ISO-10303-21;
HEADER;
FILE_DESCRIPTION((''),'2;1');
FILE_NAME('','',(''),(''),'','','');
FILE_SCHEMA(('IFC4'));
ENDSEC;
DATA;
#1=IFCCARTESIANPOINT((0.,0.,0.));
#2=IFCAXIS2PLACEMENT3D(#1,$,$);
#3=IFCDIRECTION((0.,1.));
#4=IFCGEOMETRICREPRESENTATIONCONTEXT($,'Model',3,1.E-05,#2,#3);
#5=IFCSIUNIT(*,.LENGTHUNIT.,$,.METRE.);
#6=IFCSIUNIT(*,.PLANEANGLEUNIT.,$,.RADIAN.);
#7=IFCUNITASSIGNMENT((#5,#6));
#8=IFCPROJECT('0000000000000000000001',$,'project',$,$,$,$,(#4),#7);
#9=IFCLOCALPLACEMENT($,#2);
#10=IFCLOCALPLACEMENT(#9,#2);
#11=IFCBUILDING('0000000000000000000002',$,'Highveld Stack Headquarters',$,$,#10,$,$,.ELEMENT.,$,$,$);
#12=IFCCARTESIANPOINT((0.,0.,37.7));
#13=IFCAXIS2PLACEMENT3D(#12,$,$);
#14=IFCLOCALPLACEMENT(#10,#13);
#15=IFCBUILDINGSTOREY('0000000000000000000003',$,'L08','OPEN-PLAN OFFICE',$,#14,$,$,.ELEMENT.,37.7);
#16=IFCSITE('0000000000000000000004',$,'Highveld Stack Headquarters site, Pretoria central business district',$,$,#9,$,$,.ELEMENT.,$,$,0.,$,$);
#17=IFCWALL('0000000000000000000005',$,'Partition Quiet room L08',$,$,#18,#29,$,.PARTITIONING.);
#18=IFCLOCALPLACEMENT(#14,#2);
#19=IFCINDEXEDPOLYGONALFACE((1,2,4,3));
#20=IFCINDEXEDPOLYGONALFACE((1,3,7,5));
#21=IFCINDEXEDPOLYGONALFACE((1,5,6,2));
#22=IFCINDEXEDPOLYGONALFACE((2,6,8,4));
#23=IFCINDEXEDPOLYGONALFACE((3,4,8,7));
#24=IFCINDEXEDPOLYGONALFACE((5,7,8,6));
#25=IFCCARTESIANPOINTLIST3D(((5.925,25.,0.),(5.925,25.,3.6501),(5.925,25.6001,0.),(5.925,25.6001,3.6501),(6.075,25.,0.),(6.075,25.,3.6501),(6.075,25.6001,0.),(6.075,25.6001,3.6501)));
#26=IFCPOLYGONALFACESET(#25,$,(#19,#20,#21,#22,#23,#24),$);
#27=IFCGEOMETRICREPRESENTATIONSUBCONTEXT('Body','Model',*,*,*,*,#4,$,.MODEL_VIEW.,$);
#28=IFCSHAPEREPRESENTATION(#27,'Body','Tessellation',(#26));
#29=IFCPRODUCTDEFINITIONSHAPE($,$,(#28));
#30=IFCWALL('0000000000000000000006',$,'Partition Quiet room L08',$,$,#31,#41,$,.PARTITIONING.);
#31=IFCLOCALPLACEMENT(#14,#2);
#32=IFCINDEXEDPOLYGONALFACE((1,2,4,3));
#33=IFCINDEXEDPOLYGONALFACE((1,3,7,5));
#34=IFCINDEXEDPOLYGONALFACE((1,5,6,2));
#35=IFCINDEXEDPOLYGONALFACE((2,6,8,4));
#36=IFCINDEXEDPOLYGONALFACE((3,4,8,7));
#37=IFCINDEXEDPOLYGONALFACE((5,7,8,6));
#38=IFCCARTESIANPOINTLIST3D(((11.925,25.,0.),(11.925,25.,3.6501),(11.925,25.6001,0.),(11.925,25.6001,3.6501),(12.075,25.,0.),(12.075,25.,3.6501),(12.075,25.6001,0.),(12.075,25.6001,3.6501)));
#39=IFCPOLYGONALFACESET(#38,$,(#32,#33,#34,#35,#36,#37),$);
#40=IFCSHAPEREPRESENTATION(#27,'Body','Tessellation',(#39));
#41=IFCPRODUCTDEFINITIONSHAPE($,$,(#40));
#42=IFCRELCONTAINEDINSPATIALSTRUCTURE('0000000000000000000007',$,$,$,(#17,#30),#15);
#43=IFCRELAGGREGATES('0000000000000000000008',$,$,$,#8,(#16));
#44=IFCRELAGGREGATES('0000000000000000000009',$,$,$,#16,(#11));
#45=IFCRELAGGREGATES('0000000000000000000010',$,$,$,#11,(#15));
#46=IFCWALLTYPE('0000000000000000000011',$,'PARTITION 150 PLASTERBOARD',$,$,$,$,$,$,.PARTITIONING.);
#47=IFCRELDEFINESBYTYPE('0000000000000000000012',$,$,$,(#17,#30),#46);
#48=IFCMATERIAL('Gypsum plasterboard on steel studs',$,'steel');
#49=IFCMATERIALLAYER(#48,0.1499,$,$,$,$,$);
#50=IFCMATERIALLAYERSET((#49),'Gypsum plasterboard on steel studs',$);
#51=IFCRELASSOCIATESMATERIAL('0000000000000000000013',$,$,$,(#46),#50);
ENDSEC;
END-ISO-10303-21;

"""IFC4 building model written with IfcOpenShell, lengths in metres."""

from ifc_helpers import new_model, si_unit, direction, frame, frame_2d, origin, place, context, subcontext, project, spatial, rectangle, extrude, material, layer, layer_set, type_object, element, save


model = new_model("IFC4")

# Units and contexts
model_context = context("Model", 3, precision=1e-05, world=origin(), true_north=direction((0.0, 1.0)))
body_context = subcontext(model_context, "Body", "Model", "MODEL_VIEW")
ifc_project = project(units=[si_unit("LENGTHUNIT", "METRE"), si_unit("PLANEANGLEUNIT", "RADIAN")], contexts=[model_context])

# Site, building, storey
site_placement = place(None, origin())
site = spatial("IfcSite", under=ifc_project, at=site_placement, Name="Highveld Stack Headquarters site, Pretoria central business district", CompositionType="ELEMENT", RefElevation=0.0)
building_placement = place(site_placement, origin())
building = spatial("IfcBuilding", under=site, at=building_placement, Name="Highveld Stack Headquarters", CompositionType="ELEMENT")
storey_placement = place(building_placement, frame((0.0, 0.0, 37.7)))
storey = spatial("IfcBuildingStorey", under=building, at=storey_placement, Name="L08", Description="OPEN-PLAN OFFICE", CompositionType="ELEMENT", Elevation=37.7)

# Walls
ifc_material_1 = material(Name="Gypsum plasterboard on steel studs", Category="steel")
ifc_layer_1 = layer(ifc_material_1, 0.1499)
ifc_layer_set_1 = layer_set([ifc_layer_1], Name="Gypsum plasterboard on steel studs")
wall_type = type_object("IfcWallType", Name="PARTITION 150 PLASTERBOARD", PredefinedType="PARTITIONING", material=ifc_layer_set_1)
for number, where, z_axis, x_axis, name in (
    (1, (6.0, 25.0, 0.0), (0.0, 0.0, 1.0), (0.0, 1.0, 0.0), "Partition Quiet room L08"),
    (2, (12.0, 25.0, 0.0), (0.0, 0.0, 1.0), (0.0, 1.0, 0.0), "Partition Quiet room L08"),
):
    element("IfcWall", number, at=place(storey_placement, frame(where, z_axis=z_axis, x_axis=x_axis)), inside=storey, type_object=wall_type, Name=name, PredefinedType="PARTITIONING", context=body_context, shape_type="SweptSolid", body=[
        extrude(rectangle(XDim=0.6001, YDim=0.1499, at=frame_2d((0.3, 0.0))), origin(), (0.0, 0.0, 1.0), 3.6501),
    ])

save(model, "model.ifc")
